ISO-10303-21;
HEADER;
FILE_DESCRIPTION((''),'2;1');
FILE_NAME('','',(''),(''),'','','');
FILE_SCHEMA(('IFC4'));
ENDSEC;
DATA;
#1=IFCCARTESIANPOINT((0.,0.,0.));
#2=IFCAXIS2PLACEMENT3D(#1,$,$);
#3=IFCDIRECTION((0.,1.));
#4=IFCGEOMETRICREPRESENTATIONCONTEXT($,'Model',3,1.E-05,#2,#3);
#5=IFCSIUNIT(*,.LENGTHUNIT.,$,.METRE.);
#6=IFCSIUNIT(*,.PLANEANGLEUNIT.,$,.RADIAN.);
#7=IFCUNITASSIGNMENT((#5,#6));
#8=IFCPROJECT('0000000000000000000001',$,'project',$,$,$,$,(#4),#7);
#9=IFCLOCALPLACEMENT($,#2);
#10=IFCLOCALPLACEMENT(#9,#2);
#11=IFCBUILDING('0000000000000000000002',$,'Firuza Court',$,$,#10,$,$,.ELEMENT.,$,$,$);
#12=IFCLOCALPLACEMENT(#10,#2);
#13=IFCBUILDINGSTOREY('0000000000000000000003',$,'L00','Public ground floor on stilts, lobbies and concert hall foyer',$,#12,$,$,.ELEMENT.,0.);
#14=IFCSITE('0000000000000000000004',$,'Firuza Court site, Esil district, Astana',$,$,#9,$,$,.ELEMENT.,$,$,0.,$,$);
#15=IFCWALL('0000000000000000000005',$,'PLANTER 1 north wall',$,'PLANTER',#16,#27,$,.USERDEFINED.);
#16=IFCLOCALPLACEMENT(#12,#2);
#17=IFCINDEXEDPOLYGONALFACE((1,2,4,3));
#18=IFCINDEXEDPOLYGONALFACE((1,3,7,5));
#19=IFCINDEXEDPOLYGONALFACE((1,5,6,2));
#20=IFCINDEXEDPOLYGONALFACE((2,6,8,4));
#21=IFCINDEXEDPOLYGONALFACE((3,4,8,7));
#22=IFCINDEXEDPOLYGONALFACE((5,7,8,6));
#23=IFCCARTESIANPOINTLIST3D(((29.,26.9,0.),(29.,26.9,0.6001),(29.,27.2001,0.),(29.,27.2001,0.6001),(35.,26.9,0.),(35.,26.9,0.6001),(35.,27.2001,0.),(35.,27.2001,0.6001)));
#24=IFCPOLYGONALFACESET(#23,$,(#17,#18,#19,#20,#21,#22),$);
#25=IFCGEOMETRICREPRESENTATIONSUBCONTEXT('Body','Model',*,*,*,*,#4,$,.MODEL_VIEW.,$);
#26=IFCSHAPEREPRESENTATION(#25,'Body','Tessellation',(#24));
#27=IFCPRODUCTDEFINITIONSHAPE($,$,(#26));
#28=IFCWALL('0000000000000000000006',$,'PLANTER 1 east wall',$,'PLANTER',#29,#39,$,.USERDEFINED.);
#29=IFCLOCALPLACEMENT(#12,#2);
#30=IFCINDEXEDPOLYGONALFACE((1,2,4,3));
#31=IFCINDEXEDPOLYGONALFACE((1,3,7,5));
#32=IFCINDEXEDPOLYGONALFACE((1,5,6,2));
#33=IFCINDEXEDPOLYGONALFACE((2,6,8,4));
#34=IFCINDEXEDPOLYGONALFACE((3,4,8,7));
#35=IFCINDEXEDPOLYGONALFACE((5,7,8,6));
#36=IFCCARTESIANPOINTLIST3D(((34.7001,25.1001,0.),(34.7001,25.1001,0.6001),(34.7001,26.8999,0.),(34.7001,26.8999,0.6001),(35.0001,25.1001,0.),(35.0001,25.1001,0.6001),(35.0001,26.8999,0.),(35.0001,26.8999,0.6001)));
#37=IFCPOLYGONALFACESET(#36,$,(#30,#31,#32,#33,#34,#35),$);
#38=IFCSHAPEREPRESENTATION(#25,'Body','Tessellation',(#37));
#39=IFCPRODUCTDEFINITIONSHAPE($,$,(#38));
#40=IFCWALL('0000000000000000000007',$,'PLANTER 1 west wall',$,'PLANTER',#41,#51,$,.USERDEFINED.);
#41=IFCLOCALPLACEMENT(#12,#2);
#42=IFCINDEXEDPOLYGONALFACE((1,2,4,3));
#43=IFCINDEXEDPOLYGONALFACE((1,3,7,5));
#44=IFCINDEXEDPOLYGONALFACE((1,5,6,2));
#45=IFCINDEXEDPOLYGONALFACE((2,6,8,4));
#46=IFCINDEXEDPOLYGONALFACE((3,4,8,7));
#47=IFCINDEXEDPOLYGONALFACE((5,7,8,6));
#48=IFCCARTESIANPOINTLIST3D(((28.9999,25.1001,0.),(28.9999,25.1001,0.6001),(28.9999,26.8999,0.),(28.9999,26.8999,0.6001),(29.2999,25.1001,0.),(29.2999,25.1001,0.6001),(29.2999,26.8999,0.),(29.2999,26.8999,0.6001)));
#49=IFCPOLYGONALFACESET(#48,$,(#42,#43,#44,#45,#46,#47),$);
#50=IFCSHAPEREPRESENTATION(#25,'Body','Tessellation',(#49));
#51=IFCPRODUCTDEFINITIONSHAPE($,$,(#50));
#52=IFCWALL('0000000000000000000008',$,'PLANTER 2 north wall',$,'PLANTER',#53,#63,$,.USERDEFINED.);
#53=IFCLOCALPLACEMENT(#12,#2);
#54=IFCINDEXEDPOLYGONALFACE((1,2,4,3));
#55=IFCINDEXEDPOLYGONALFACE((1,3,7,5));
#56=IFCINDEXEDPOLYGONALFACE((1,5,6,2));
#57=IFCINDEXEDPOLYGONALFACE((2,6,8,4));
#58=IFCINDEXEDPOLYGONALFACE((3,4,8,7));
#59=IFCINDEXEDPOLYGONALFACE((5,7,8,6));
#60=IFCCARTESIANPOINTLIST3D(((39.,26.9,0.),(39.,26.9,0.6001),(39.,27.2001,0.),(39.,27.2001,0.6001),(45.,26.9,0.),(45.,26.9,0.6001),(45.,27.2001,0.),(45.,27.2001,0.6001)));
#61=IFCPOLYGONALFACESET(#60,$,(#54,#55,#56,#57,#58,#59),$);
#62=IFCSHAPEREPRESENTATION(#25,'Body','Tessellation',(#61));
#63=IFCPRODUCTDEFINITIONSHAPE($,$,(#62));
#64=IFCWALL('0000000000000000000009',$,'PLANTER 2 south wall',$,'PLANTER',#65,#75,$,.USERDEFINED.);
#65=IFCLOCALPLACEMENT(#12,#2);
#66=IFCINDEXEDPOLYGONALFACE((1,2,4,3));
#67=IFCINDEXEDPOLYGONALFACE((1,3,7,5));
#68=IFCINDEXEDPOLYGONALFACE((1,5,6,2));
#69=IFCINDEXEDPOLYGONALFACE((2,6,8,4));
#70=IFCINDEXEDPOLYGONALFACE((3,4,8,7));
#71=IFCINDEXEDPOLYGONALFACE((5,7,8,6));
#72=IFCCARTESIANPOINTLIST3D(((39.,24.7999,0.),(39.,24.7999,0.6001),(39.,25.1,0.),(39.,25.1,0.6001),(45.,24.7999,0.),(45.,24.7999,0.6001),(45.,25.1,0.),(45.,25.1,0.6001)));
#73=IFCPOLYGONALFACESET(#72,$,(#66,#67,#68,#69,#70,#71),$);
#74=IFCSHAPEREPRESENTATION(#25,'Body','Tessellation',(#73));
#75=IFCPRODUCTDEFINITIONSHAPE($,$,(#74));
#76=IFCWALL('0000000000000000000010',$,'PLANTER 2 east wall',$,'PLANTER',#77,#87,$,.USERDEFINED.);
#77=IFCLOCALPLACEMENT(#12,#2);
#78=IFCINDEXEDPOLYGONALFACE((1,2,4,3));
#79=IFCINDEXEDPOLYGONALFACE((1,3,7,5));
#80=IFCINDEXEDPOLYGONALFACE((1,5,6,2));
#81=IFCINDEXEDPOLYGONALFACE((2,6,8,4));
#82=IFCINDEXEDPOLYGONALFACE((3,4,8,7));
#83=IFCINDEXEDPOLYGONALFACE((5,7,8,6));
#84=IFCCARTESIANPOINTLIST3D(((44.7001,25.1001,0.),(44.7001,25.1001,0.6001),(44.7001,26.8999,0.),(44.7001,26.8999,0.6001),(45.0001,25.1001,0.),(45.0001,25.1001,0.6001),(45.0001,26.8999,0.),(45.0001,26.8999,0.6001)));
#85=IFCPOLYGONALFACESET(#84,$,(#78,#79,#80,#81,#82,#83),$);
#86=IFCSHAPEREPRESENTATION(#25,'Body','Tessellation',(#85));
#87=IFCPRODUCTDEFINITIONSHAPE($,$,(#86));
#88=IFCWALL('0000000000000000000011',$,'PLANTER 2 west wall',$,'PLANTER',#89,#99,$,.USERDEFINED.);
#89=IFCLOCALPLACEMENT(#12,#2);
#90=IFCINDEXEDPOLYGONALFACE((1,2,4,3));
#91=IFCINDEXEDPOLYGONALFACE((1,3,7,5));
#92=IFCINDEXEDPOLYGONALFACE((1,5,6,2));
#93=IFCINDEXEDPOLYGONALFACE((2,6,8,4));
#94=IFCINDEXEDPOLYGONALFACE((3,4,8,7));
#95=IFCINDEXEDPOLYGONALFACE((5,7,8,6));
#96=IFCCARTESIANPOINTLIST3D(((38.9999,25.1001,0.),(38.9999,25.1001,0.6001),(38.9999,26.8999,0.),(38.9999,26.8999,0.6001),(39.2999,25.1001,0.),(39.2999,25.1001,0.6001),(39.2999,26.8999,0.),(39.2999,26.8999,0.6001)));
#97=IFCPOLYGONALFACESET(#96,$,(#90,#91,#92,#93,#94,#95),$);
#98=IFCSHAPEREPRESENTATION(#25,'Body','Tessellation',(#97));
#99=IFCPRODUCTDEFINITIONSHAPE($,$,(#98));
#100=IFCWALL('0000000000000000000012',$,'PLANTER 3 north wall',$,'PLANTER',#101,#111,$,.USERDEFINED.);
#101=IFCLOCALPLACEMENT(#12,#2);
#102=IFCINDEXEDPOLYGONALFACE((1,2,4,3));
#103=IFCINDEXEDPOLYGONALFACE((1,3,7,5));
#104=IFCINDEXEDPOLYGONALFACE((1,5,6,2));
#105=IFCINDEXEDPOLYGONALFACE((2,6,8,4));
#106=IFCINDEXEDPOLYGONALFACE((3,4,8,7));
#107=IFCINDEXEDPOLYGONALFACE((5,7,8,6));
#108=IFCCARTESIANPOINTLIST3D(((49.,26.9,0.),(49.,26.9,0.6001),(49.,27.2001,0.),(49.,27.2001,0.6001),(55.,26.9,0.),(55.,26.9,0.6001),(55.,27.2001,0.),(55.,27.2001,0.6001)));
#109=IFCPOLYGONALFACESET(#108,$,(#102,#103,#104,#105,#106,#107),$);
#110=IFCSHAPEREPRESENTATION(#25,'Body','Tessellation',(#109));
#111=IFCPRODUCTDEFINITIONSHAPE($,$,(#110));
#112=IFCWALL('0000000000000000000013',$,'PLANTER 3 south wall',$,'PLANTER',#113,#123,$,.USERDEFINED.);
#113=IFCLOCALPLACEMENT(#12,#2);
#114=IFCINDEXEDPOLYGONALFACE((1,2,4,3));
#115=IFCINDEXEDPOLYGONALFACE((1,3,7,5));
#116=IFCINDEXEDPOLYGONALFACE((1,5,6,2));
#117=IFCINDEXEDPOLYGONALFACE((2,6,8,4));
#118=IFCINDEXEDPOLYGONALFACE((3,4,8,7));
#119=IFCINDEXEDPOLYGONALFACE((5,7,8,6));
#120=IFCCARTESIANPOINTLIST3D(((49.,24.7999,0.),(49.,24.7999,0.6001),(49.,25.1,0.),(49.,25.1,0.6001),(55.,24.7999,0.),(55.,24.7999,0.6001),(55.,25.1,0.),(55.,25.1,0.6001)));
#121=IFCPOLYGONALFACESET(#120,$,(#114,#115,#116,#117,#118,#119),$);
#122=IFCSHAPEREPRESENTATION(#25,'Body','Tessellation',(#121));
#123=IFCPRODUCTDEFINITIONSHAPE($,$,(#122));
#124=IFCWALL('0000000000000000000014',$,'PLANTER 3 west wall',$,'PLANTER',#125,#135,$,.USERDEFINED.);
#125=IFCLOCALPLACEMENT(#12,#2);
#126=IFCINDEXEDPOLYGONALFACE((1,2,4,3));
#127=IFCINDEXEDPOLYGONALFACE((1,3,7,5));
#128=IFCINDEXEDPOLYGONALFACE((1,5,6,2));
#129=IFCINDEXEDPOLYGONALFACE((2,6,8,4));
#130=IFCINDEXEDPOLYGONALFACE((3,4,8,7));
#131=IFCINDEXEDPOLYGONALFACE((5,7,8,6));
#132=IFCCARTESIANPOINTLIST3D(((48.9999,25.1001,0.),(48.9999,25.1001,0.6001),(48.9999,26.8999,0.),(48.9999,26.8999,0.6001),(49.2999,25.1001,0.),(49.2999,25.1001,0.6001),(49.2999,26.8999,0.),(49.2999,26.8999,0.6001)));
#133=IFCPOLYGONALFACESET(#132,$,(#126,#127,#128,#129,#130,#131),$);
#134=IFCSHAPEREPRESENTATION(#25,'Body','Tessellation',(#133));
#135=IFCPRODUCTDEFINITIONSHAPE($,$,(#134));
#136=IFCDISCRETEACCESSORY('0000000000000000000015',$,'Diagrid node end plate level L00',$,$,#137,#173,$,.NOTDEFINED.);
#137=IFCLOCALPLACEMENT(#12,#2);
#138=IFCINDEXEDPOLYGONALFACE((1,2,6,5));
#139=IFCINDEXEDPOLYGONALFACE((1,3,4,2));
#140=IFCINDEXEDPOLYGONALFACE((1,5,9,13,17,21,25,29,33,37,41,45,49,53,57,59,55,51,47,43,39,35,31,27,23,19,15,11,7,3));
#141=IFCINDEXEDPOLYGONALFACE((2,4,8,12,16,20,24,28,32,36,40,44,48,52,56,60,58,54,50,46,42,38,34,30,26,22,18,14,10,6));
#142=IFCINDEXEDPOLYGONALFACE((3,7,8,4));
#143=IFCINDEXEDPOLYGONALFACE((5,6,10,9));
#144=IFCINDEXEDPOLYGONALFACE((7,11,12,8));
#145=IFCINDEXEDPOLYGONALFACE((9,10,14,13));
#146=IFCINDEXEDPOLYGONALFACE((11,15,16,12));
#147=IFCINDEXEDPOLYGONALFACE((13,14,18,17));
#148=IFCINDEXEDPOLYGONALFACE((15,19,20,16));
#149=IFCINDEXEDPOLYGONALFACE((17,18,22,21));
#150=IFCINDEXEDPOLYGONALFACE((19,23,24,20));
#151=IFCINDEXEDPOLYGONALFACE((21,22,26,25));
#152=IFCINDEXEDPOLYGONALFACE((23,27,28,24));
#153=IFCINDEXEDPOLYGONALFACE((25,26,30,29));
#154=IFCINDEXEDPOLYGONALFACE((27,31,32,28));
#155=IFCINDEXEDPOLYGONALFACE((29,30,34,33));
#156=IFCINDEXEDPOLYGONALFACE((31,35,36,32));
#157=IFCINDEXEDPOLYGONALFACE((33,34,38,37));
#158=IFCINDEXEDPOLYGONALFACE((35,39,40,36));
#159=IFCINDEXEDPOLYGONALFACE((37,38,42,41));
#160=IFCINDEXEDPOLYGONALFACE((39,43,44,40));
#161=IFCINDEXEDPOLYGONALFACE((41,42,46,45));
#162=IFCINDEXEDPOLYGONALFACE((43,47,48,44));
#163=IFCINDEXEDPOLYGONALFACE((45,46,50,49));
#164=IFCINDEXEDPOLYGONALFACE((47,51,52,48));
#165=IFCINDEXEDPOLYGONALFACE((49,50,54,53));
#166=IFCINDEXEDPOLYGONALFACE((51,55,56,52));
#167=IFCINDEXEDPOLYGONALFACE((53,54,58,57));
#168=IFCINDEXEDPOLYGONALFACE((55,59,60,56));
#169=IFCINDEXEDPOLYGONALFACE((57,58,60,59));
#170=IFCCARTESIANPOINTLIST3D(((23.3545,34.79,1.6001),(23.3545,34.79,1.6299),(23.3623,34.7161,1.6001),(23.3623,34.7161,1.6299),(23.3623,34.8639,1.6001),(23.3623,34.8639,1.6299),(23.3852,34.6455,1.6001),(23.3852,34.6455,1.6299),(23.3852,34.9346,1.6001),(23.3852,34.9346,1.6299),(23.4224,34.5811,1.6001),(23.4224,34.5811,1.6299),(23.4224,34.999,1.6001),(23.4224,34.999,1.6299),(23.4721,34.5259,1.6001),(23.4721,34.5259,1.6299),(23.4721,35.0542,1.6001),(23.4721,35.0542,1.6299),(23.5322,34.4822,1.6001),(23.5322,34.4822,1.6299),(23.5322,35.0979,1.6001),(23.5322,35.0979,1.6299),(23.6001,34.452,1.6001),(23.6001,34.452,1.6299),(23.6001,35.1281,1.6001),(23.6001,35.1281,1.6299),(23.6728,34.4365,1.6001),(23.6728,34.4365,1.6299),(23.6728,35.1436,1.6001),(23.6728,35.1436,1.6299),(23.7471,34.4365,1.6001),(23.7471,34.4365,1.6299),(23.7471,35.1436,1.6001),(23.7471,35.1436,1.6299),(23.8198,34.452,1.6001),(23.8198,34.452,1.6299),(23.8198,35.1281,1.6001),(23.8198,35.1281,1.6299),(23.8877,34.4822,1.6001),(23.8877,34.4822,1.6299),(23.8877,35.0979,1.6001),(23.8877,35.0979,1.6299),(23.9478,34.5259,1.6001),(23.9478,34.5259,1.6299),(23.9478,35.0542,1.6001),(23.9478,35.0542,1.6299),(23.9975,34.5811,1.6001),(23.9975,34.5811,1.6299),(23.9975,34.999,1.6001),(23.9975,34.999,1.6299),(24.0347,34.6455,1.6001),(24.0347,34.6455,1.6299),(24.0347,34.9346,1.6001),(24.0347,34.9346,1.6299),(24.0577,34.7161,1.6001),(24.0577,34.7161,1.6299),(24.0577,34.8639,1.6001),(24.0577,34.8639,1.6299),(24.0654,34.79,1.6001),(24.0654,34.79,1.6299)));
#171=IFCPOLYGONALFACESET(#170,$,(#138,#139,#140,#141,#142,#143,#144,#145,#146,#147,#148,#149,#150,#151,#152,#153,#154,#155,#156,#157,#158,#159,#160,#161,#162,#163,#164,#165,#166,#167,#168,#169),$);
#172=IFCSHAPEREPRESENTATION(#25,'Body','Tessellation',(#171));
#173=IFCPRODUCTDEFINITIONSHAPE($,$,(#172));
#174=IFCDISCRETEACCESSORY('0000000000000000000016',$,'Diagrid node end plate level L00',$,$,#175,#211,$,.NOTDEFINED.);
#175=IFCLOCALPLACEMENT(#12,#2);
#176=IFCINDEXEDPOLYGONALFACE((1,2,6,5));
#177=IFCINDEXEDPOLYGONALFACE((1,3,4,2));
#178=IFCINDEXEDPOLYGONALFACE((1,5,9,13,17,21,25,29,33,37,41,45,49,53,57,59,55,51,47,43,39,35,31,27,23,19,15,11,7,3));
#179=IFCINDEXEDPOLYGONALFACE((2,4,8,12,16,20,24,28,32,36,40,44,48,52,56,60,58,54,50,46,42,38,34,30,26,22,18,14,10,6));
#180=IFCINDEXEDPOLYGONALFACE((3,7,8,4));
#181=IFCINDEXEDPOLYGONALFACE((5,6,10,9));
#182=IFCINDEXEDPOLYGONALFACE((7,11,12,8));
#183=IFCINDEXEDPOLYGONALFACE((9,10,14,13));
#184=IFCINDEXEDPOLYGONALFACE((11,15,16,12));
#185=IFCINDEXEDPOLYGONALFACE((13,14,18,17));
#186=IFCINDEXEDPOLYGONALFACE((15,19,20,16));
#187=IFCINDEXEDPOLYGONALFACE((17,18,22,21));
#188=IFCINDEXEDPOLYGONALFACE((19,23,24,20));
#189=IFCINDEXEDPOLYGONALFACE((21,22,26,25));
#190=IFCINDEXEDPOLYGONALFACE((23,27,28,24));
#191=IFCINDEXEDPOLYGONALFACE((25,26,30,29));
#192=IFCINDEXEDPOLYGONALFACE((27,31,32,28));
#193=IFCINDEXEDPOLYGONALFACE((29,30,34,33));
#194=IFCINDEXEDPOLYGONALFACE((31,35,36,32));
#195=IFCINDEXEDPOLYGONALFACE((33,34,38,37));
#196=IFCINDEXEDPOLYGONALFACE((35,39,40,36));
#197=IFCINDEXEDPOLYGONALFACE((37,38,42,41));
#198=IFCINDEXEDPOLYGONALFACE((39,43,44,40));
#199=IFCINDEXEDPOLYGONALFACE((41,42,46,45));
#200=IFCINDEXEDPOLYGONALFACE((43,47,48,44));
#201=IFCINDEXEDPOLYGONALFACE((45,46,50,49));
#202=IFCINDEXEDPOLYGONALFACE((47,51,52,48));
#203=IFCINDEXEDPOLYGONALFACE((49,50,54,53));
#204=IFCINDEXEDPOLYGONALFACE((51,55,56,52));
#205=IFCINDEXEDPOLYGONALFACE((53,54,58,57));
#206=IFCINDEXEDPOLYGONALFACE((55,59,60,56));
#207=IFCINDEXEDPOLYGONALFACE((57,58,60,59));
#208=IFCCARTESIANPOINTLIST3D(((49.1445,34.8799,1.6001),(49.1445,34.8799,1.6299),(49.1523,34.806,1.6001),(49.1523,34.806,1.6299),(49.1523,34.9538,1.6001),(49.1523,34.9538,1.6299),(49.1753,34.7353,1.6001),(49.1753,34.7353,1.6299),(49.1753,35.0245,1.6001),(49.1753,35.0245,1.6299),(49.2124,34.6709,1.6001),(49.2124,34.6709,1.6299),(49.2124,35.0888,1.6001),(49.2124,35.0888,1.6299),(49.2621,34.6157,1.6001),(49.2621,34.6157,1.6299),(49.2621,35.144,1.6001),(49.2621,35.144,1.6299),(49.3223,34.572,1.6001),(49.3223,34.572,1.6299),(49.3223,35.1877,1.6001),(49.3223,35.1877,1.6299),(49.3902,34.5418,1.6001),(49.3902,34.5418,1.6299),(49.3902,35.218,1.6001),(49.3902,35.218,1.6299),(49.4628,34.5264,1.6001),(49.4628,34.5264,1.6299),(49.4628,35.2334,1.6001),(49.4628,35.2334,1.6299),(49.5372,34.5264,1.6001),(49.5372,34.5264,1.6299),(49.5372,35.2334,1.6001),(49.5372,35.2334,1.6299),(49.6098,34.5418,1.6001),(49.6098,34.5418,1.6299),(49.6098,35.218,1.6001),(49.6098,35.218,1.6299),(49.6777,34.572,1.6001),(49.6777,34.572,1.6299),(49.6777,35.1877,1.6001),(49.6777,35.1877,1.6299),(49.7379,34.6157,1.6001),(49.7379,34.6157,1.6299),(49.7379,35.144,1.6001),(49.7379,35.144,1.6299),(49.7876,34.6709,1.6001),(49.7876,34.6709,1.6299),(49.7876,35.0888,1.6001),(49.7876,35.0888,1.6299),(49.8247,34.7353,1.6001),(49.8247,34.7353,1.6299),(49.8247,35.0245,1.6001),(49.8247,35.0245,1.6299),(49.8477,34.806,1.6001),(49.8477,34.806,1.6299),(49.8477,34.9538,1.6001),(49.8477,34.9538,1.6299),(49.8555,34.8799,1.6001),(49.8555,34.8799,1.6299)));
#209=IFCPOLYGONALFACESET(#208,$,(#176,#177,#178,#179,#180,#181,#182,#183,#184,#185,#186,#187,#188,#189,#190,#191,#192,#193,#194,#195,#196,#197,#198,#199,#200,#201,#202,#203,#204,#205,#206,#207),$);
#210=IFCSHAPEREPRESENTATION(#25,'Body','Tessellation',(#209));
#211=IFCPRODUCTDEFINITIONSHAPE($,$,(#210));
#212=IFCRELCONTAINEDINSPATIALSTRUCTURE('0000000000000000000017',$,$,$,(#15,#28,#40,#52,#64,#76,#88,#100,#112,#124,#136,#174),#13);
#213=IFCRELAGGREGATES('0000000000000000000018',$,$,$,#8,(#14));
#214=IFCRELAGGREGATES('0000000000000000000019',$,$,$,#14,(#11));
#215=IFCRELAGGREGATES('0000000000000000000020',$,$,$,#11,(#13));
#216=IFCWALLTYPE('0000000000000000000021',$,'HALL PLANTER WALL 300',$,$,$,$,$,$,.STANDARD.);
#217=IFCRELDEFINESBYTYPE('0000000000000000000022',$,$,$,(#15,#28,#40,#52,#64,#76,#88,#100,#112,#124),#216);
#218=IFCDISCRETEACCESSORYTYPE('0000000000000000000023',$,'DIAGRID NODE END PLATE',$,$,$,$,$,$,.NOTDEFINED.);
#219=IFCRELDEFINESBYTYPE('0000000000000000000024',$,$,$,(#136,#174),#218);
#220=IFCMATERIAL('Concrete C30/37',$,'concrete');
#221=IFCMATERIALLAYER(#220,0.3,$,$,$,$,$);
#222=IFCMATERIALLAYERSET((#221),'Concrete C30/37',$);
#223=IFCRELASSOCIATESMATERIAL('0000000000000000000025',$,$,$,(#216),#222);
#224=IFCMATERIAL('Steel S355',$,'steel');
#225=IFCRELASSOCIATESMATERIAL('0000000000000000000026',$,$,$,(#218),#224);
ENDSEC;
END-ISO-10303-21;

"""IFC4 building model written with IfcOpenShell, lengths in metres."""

from ifc_helpers import new_model, si_unit, direction, frame, frame_2d, origin, origin_2d, place, context, subcontext, project, spatial, rectangle, circle, extrude, material, layer, layer_set, material_profile, profile_set, type_object, element, save


model = new_model("IFC4")

# Units and contexts
model_context = context("Model", 3, precision=1e-05, world=origin(), true_north=direction((0.0, 1.0)))
body_context = subcontext(model_context, "Body", "Model", "MODEL_VIEW")
ifc_project = project(units=[si_unit("LENGTHUNIT", "METRE"), si_unit("PLANEANGLEUNIT", "RADIAN")], contexts=[model_context])

# Site, building, storey
site_placement = place(None, origin())
site = spatial("IfcSite", under=ifc_project, at=site_placement, Name="Firuza Court site, Esil district, Astana", CompositionType="ELEMENT", RefElevation=0.0)
building_placement = place(site_placement, origin())
building = spatial("IfcBuilding", under=site, at=building_placement, Name="Firuza Court", CompositionType="ELEMENT")
storey_placement = place(building_placement, origin())
storey = spatial("IfcBuildingStorey", under=building, at=storey_placement, Name="L00", Description="Public ground floor on stilts, lobbies and concert hall foyer", CompositionType="ELEMENT", Elevation=0.0)

# Walls
ifc_material_1 = material(Name="Concrete C30/37", Category="concrete")
ifc_layer = layer(ifc_material_1, 0.3)
ifc_layer_set = layer_set([ifc_layer], Name="Concrete C30/37")
wall_type = type_object("IfcWallType", Name="HALL PLANTER WALL 300", PredefinedType="STANDARD", material=ifc_layer_set)
wall_1_placement = place(storey_placement, frame((29.0, 27.05, 0.0), z_axis=(0.0, 0.0, 1.0), x_axis=(1.0, 0.0, 0.0)))
element("IfcWall", 1, at=wall_1_placement, inside=storey, type_object=wall_type, Name="PLANTER 1 north wall", ObjectType="PLANTER", PredefinedType="USERDEFINED", context=body_context, shape_type="SweptSolid", body=[
    extrude(rectangle(XDim=6.0, YDim=0.3, at=frame_2d((3.0, 0.0))), origin(), (0.0, 0.0, 1.0), 0.6001),
])
for number, where, z_axis, x_axis, name in (
    (2, (34.8501, 25.1001, 0.0), (0.0, 0.0, 1.0), (0.0, 1.0, 0.0), "PLANTER 1 east wall"),
    (3, (29.1499, 25.1001, 0.0), (0.0, 0.0, 1.0), (0.0, 1.0, 0.0), "PLANTER 1 west wall"),
):
    element("IfcWall", number, at=place(storey_placement, frame(where, z_axis=z_axis, x_axis=x_axis)), inside=storey, type_object=wall_type, Name=name, ObjectType="PLANTER", PredefinedType="USERDEFINED", context=body_context, shape_type="SweptSolid", body=[
        extrude(rectangle(XDim=1.7998, YDim=0.3, at=frame_2d((0.8999, 0.0))), origin(), (0.0, 0.0, 1.0), 0.6001),
    ])
for number, where, z_axis, x_axis, name in (
    (4, (39.0, 27.05, 0.0), (0.0, 0.0, 1.0), (1.0, 0.0, 0.0), "PLANTER 2 north wall"),
    (5, (39.0, 24.95, 0.0), (0.0, 0.0, 1.0), (1.0, 0.0, 0.0), "PLANTER 2 south wall"),
):
    element("IfcWall", number, at=place(storey_placement, frame(where, z_axis=z_axis, x_axis=x_axis)), inside=storey, type_object=wall_type, Name=name, ObjectType="PLANTER", PredefinedType="USERDEFINED", context=body_context, shape_type="SweptSolid", body=[
        extrude(rectangle(XDim=6.0, YDim=0.3, at=frame_2d((3.0, 0.0))), origin(), (0.0, 0.0, 1.0), 0.6001),
    ])
for number, where, z_axis, x_axis, name in (
    (6, (44.8501, 25.1001, 0.0), (0.0, 0.0, 1.0), (0.0, 1.0, 0.0), "PLANTER 2 east wall"),
    (7, (39.1499, 25.1001, 0.0), (0.0, 0.0, 1.0), (0.0, 1.0, 0.0), "PLANTER 2 west wall"),
):
    element("IfcWall", number, at=place(storey_placement, frame(where, z_axis=z_axis, x_axis=x_axis)), inside=storey, type_object=wall_type, Name=name, ObjectType="PLANTER", PredefinedType="USERDEFINED", context=body_context, shape_type="SweptSolid", body=[
        extrude(rectangle(XDim=1.7998, YDim=0.3, at=frame_2d((0.8999, 0.0))), origin(), (0.0, 0.0, 1.0), 0.6001),
    ])
for number, where, z_axis, x_axis, name in (
    (8, (49.0, 27.05, 0.0), (0.0, 0.0, 1.0), (1.0, 0.0, 0.0), "PLANTER 3 north wall"),
    (9, (49.0, 24.95, 0.0), (0.0, 0.0, 1.0), (1.0, 0.0, 0.0), "PLANTER 3 south wall"),
):
    element("IfcWall", number, at=place(storey_placement, frame(where, z_axis=z_axis, x_axis=x_axis)), inside=storey, type_object=wall_type, Name=name, ObjectType="PLANTER", PredefinedType="USERDEFINED", context=body_context, shape_type="SweptSolid", body=[
        extrude(rectangle(XDim=6.0, YDim=0.3, at=frame_2d((3.0, 0.0))), origin(), (0.0, 0.0, 1.0), 0.6001),
    ])
wall_2_placement = place(storey_placement, frame((49.1499, 25.1001, 0.0), z_axis=(0.0, 0.0, 1.0), x_axis=(0.0, 1.0, 0.0)))
element("IfcWall", 10, at=wall_2_placement, inside=storey, type_object=wall_type, Name="PLANTER 3 west wall", ObjectType="PLANTER", PredefinedType="USERDEFINED", context=body_context, shape_type="SweptSolid", body=[
    extrude(rectangle(XDim=1.7998, YDim=0.3, at=frame_2d((0.8999, 0.0))), origin(), (0.0, 0.0, 1.0), 0.6001),
])

# Discrete accessories
ifc_material_2 = material(Name="Steel S355", Category="steel")
ifc_material_profile_1 = material_profile(ifc_material_2, circle(Radius=0.3555, at=origin_2d()), Name="PL D711")
ifc_profile_set_1 = profile_set([ifc_material_profile_1], Name="Steel S355")
discrete_accessory_type = type_object("IfcDiscreteAccessoryType", Name="DIAGRID NODE END PLATE", PredefinedType="NOTDEFINED", material=ifc_profile_set_1)
for number, where, z_axis, x_axis, name in (
    (11, (23.71, 34.79, 1.6001), (0.0, 0.0, 1.0), (1.0, 0.0, 0.0), "Diagrid node end plate level L00"),
    (12, (49.5, 34.8799, 1.6001), (0.0, 0.0, 1.0), (1.0, 0.0, 0.0), "Diagrid node end plate level L00"),
):
    element("IfcDiscreteAccessory", number, at=place(storey_placement, frame(where, z_axis=z_axis, x_axis=x_axis)), inside=storey, type_object=discrete_accessory_type, Name=name, PredefinedType="NOTDEFINED", context=body_context, shape_type="SweptSolid", body=[
        extrude(circle(Radius=0.3555, at=origin_2d()), origin(), (0.0, 0.0, 1.0), 0.0298),
    ])

save(model, "model.ifc")
